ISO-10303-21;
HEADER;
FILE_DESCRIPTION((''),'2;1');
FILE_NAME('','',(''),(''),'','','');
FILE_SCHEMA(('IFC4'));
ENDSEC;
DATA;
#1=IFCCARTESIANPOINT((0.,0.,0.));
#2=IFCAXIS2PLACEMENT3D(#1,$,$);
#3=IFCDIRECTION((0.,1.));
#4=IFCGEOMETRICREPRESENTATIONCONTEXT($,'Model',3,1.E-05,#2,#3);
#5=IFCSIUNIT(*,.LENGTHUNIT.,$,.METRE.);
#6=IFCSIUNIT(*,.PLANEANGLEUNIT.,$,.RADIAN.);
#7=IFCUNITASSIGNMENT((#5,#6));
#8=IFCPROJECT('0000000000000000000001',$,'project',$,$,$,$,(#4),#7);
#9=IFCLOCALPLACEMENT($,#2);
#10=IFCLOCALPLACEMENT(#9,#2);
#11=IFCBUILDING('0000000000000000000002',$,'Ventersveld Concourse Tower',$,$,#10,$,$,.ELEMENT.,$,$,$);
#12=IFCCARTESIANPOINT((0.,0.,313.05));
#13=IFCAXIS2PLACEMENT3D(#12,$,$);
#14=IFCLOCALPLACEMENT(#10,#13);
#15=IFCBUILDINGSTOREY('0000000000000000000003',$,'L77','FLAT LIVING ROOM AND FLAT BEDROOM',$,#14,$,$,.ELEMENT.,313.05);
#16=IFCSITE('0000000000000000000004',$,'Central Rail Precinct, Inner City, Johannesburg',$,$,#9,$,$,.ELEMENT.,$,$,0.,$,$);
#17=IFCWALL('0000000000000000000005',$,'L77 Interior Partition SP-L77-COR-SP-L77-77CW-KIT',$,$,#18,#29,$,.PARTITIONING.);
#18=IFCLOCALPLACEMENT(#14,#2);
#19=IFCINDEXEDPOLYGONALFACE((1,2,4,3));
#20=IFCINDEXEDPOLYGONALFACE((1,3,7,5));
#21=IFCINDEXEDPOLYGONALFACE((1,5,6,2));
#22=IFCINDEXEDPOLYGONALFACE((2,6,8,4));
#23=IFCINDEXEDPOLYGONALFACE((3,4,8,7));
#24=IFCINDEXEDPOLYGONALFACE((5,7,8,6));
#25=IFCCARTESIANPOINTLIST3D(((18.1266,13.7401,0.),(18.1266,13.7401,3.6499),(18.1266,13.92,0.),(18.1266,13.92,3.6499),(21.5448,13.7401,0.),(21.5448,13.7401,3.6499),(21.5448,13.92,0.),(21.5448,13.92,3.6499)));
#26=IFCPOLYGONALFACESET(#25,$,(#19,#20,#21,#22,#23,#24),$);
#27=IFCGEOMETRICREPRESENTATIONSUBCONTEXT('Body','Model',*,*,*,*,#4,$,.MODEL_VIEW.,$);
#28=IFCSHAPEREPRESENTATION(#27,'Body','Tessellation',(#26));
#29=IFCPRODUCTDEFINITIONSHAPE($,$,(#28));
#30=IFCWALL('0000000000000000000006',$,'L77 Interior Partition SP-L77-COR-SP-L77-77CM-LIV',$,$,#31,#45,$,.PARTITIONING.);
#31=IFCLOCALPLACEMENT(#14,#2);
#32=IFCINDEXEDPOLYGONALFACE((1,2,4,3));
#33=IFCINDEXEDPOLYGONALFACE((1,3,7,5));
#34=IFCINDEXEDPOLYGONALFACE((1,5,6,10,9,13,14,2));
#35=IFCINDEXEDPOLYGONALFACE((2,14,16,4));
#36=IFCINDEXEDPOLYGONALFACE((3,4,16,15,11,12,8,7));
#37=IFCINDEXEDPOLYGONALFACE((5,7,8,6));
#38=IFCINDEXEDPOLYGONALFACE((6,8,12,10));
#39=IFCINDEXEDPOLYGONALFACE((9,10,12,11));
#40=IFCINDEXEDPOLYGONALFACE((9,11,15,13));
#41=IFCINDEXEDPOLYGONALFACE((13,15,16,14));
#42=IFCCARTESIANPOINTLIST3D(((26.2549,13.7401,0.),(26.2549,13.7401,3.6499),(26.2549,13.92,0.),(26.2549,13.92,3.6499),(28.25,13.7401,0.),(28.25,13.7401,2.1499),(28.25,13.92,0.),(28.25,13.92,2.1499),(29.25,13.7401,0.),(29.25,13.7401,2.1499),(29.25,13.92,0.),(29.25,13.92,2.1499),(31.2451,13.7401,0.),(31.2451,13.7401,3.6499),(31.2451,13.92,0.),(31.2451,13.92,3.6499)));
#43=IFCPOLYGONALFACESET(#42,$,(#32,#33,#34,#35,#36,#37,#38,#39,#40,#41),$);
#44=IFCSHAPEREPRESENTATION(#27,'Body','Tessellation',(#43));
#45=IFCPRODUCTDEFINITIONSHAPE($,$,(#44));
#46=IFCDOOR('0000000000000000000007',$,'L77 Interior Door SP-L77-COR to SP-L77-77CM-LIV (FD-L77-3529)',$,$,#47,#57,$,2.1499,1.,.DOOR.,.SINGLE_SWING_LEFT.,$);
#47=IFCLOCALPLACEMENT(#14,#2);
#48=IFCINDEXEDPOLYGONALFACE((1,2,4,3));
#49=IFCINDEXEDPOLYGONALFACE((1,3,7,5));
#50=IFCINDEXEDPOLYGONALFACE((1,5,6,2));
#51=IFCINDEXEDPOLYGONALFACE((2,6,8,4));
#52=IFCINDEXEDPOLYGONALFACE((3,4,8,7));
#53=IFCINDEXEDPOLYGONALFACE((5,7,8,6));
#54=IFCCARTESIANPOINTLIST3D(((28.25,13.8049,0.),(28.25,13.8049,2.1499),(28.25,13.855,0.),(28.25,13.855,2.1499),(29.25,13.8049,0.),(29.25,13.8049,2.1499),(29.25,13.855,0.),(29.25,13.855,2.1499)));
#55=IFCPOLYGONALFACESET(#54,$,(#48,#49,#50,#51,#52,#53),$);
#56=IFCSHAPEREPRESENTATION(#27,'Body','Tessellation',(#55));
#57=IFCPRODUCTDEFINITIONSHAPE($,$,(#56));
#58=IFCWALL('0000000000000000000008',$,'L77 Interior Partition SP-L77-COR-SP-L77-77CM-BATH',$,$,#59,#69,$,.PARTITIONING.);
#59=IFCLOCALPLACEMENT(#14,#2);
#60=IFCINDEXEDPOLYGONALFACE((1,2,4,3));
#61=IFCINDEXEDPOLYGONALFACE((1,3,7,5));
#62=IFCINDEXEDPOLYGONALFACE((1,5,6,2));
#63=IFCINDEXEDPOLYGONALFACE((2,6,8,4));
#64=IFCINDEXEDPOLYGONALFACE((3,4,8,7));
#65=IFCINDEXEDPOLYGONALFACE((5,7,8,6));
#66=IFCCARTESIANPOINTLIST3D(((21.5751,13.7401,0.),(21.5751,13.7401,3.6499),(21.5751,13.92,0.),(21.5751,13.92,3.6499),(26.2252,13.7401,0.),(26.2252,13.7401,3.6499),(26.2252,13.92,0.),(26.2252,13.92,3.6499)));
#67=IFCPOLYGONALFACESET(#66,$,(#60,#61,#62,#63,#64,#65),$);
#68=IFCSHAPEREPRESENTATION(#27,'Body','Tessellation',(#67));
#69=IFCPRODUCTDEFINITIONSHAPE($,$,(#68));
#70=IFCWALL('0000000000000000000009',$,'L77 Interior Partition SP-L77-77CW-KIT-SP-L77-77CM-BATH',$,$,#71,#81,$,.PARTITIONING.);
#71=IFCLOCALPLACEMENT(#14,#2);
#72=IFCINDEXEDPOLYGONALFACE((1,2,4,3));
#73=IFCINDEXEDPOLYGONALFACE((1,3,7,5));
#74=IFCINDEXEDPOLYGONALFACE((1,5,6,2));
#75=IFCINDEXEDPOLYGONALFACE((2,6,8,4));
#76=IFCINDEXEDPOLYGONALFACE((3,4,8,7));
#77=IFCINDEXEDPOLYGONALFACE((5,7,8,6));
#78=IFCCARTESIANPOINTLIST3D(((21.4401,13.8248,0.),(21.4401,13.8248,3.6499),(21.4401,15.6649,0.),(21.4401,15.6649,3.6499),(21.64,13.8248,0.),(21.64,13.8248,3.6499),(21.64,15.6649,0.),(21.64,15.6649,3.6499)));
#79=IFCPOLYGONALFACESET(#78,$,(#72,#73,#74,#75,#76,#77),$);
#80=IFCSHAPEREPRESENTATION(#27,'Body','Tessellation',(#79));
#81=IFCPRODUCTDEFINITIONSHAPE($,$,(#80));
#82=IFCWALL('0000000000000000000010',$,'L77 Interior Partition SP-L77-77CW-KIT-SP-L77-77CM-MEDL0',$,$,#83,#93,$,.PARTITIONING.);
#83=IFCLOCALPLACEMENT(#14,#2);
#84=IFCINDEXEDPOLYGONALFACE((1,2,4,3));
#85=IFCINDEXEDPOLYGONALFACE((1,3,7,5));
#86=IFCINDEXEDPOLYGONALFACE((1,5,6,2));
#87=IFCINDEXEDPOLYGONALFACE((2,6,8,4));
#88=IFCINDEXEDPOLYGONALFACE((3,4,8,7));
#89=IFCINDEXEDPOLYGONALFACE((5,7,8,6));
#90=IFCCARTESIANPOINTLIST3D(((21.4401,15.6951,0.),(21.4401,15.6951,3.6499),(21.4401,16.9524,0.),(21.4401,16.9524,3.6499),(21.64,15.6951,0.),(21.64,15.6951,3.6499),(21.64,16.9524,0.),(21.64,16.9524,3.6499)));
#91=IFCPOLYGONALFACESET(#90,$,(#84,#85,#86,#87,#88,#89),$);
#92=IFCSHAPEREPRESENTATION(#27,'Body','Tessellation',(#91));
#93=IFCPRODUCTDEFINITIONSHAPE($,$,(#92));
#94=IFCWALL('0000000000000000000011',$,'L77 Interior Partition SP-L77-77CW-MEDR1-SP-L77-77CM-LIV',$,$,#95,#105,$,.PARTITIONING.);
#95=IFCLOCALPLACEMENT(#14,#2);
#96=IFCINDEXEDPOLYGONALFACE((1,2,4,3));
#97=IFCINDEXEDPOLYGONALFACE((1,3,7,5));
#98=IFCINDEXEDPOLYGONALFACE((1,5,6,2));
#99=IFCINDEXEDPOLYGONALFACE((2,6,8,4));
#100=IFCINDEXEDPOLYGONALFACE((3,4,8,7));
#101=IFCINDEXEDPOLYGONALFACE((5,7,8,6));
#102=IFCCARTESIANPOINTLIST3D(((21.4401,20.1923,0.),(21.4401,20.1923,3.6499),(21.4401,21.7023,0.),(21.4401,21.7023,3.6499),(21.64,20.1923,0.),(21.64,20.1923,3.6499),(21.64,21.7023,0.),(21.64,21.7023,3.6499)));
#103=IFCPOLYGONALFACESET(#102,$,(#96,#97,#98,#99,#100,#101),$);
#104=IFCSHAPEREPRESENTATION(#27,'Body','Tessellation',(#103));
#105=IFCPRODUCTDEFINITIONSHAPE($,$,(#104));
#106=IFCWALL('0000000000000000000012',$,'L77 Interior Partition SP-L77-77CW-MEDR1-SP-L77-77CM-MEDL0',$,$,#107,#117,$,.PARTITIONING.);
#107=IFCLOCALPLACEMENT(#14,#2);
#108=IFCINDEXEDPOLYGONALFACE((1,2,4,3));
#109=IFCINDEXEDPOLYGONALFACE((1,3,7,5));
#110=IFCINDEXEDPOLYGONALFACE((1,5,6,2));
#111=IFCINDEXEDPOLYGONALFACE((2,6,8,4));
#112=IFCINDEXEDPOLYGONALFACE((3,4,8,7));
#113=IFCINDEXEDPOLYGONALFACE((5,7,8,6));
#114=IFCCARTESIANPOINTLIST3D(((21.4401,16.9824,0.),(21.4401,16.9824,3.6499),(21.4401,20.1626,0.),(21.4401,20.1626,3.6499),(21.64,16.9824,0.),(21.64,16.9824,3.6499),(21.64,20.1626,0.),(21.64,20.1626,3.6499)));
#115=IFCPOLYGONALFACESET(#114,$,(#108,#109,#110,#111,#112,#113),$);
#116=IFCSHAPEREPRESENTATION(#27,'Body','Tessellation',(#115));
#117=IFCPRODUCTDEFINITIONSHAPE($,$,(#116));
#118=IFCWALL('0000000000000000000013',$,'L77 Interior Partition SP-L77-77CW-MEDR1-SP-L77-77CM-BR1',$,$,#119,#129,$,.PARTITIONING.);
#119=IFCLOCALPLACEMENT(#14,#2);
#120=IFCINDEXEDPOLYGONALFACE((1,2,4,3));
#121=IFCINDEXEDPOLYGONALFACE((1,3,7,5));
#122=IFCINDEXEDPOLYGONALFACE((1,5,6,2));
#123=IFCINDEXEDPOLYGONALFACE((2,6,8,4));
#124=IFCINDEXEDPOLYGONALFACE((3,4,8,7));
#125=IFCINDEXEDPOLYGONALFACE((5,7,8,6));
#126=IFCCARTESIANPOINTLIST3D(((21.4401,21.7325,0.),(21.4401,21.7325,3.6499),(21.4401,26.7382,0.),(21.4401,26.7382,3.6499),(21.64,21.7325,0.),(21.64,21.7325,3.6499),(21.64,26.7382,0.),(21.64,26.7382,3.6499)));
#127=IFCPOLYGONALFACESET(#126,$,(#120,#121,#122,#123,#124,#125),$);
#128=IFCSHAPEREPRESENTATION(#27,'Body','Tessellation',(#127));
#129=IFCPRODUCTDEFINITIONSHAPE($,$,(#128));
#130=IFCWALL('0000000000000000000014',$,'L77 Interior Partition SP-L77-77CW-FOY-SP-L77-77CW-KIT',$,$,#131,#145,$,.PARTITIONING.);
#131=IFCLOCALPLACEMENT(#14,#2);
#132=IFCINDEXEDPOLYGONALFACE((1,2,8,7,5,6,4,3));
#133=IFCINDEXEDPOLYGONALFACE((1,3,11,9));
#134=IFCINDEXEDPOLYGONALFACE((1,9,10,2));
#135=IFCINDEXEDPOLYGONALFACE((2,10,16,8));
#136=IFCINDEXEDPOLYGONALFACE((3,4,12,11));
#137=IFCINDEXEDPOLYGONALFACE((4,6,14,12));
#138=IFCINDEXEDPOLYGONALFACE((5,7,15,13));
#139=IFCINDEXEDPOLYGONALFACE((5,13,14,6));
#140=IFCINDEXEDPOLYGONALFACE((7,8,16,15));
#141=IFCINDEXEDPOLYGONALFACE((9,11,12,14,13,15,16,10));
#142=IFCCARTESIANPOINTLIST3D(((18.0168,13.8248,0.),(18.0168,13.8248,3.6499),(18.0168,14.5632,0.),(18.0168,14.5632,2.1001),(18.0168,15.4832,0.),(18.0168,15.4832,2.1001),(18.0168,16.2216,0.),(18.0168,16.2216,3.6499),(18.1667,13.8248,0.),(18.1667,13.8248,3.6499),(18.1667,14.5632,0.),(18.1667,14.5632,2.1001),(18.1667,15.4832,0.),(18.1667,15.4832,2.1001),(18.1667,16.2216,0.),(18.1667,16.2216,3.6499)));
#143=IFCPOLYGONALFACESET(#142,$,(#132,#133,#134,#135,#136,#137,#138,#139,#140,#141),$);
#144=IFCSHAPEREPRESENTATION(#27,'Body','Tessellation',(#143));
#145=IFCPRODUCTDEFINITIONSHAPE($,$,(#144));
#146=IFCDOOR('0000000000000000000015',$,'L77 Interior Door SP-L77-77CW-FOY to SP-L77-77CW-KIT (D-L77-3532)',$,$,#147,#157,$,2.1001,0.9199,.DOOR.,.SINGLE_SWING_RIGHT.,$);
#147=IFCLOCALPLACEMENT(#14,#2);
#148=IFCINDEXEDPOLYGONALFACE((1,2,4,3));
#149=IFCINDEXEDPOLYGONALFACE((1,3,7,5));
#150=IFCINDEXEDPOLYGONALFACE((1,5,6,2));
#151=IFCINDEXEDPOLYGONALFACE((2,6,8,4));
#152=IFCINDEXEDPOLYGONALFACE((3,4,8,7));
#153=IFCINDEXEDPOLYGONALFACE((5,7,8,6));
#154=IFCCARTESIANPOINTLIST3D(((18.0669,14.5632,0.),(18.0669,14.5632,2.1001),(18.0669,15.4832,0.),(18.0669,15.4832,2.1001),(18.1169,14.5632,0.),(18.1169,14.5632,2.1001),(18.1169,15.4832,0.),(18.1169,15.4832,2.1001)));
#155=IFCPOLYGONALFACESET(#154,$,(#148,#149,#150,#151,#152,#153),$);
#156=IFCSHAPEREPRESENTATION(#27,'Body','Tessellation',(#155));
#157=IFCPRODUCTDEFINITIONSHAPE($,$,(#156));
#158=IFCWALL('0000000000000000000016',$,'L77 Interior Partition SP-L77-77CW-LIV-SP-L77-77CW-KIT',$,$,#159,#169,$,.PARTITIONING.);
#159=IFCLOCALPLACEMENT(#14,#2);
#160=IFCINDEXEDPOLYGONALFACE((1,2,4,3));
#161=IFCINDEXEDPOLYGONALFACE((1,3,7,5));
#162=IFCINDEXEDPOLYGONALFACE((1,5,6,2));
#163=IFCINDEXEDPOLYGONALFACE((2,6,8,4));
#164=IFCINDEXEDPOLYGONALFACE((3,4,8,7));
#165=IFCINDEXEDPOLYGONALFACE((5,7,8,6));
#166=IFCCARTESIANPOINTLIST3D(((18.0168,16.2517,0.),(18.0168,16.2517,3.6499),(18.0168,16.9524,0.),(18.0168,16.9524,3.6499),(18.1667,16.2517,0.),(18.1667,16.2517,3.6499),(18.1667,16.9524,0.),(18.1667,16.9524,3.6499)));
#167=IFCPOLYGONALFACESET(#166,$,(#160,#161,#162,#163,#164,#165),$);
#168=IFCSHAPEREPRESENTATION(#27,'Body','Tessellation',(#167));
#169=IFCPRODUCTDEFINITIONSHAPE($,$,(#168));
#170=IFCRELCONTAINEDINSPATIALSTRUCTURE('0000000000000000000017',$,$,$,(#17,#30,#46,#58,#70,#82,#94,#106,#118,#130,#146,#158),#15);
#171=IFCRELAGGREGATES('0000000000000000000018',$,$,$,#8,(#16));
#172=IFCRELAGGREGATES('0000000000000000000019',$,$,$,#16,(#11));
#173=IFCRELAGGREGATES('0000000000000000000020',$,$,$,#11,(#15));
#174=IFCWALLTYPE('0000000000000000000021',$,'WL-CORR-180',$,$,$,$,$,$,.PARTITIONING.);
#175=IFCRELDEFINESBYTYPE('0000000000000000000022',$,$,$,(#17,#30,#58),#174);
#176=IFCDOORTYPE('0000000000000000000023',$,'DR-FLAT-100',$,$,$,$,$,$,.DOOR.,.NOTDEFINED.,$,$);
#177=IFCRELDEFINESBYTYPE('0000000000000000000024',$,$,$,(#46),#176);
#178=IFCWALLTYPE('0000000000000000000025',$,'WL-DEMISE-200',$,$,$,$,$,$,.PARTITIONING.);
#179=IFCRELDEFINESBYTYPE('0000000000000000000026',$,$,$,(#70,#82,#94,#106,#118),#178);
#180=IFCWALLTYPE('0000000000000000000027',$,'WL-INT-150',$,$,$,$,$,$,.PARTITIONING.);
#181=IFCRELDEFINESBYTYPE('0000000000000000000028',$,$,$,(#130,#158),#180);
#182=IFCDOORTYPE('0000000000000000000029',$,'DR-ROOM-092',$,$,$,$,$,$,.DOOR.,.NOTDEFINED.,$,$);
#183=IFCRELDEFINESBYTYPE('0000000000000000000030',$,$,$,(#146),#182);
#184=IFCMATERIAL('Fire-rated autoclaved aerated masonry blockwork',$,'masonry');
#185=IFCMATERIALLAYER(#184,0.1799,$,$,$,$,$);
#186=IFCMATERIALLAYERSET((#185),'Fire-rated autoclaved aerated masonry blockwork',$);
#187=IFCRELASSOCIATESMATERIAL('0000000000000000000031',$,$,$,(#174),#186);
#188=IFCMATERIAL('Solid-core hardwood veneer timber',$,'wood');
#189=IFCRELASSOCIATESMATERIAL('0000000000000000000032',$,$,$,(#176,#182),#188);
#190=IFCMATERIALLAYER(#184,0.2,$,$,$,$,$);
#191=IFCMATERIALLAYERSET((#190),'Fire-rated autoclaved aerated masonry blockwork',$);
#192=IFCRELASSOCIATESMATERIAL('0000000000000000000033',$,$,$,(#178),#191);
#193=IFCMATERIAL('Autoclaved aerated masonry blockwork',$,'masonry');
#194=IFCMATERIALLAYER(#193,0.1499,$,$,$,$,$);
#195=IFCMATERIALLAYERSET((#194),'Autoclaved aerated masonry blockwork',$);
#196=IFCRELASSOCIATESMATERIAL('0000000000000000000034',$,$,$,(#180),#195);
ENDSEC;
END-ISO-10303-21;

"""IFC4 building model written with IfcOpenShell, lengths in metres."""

from ifc_helpers import new_model, si_unit, direction, frame, frame_2d, origin, place, context, subcontext, project, spatial, rectangle, extrude, material, layer, layer_set, type_object, element, fill, save


model = new_model("IFC4")

# Units and contexts
model_context = context("Model", 3, precision=1e-05, world=origin(), true_north=direction((0.0, 1.0)))
body_context = subcontext(model_context, "Body", "Model", "MODEL_VIEW")
ifc_project = project(units=[si_unit("LENGTHUNIT", "METRE"), si_unit("PLANEANGLEUNIT", "RADIAN")], contexts=[model_context])

# Site, building, storey
site_placement = place(None, origin())
site = spatial("IfcSite", under=ifc_project, at=site_placement, Name="Central Rail Precinct, Inner City, Johannesburg", CompositionType="ELEMENT", RefElevation=0.0)
building_placement = place(site_placement, origin())
building = spatial("IfcBuilding", under=site, at=building_placement, Name="Ventersveld Concourse Tower", CompositionType="ELEMENT")
storey_placement = place(building_placement, frame((0.0, 0.0, 313.05)))
storey = spatial("IfcBuildingStorey", under=building, at=storey_placement, Name="L77", Description="FLAT LIVING ROOM AND FLAT BEDROOM", CompositionType="ELEMENT", Elevation=313.05)

# Wall
ifc_material_1 = material(Name="Fire-rated autoclaved aerated masonry blockwork", Category="masonry")
ifc_layer_1 = layer(ifc_material_1, 0.1799)
ifc_layer_set_1 = layer_set([ifc_layer_1], Name="Fire-rated autoclaved aerated masonry blockwork")
wall_type_1 = type_object("IfcWallType", Name="WL-CORR-180", PredefinedType="PARTITIONING", material=ifc_layer_set_1)
wall_1_placement = place(storey_placement, frame((18.1267, 13.8301, 0.0), z_axis=(0.0, 0.0, 1.0), x_axis=(1.0, 0.0, 0.0)))
element("IfcWall", 1, at=wall_1_placement, inside=storey, type_object=wall_type_1, Name="L77 Interior Partition SP-L77-COR-SP-L77-77CW-KIT", PredefinedType="PARTITIONING", context=body_context, shape_type="SweptSolid", body=[
    extrude(rectangle(XDim=3.4182, YDim=0.1799, at=frame_2d((1.709, 0.0))), origin(), (0.0, 0.0, 1.0), 3.6499),
])

# Wall, opening, door
wall_2_placement = place(storey_placement, frame((26.2549, 13.8301, 0.0), z_axis=(0.0, 0.0, 1.0), x_axis=(1.0, 0.0, 0.0)))
wall_2 = element("IfcWall", 2, at=wall_2_placement, inside=storey, type_object=wall_type_1, Name="L77 Interior Partition SP-L77-COR-SP-L77-77CM-LIV", PredefinedType="PARTITIONING", context=body_context, shape_type="SweptSolid", body=[
    extrude(rectangle(XDim=4.9902, YDim=0.1799, at=frame_2d((2.4951, 0.0))), origin(), (0.0, 0.0, 1.0), 3.6499),
])
opening_1_placement = place(wall_2_placement, frame((1.9951, 0.0, 0.0)))
opening_1 = element("IfcOpeningElement", 3, at=opening_1_placement, cuts=wall_2, PredefinedType="OPENING", context=body_context, shape_type="SweptSolid", body=[
    extrude(rectangle(XDim=1.0, YDim=2.1499, at=frame_2d((0.5, 1.075))), frame((0.0, 0.1001, 0.0), z_axis=(0.0, -1.0, 0.0), x_axis=(1.0, 0.0, 0.0)), (0.0, 0.0, 1.0), 0.2),
])
ifc_material_2 = material(Name="Solid-core hardwood veneer timber", Category="wood")
door_type_1 = type_object("IfcDoorType", Name="DR-FLAT-100", OperationType="NOTDEFINED", PredefinedType="DOOR", material=ifc_material_2)
door_1_placement = place(opening_1_placement, origin())
door_1 = element("IfcDoor", 4, at=door_1_placement, inside=storey, type_object=door_type_1, Name="L77 Interior Door SP-L77-COR to SP-L77-77CM-LIV (FD-L77-3529)", OperationType="SINGLE_SWING_LEFT", OverallHeight=2.1499, OverallWidth=1.0, PredefinedType="DOOR", context=body_context, shape_type="SweptSolid", body=[
    extrude(rectangle(XDim=1.0, YDim=2.1499, at=frame_2d((0.5, 1.075))), frame((0.0, 0.0249, 0.0), z_axis=(0.0, -1.0, 0.0), x_axis=(1.0, 0.0, 0.0)), (0.0, 0.0, 1.0), 0.05),
])
fill(opening_1, door_1)

# Walls
wall_3_placement = place(storey_placement, frame((21.575, 13.8301, 0.0), z_axis=(0.0, 0.0, 1.0), x_axis=(1.0, 0.0, 0.0)))
element("IfcWall", 5, at=wall_3_placement, inside=storey, type_object=wall_type_1, Name="L77 Interior Partition SP-L77-COR-SP-L77-77CM-BATH", PredefinedType="PARTITIONING", context=body_context, shape_type="SweptSolid", body=[
    extrude(rectangle(XDim=4.6501, YDim=0.1799, at=frame_2d((2.3252, 0.0))), origin(), (0.0, 0.0, 1.0), 3.6499),
])
ifc_layer_2 = layer(ifc_material_1, 0.2)
ifc_layer_set_2 = layer_set([ifc_layer_2], Name="Fire-rated autoclaved aerated masonry blockwork")
wall_type_2 = type_object("IfcWallType", Name="WL-DEMISE-200", PredefinedType="PARTITIONING", material=ifc_layer_set_2)
wall_4_placement = place(storey_placement, frame((21.54, 13.825, 0.0), z_axis=(0.0, 0.0, 1.0), x_axis=(0.0, 1.0, 0.0)))
element("IfcWall", 6, at=wall_4_placement, inside=storey, type_object=wall_type_2, Name="L77 Interior Partition SP-L77-77CW-KIT-SP-L77-77CM-BATH", PredefinedType="PARTITIONING", context=body_context, shape_type="SweptSolid", body=[
    extrude(rectangle(XDim=1.8401, YDim=0.2, at=frame_2d((0.9199, 0.0))), origin(), (0.0, 0.0, 1.0), 3.6499),
])
wall_5_placement = place(storey_placement, frame((21.54, 15.6951, 0.0), z_axis=(0.0, 0.0, 1.0), x_axis=(0.0, 1.0, 0.0)))
element("IfcWall", 7, at=wall_5_placement, inside=storey, type_object=wall_type_2, Name="L77 Interior Partition SP-L77-77CW-KIT-SP-L77-77CM-MEDL0", PredefinedType="PARTITIONING", context=body_context, shape_type="SweptSolid", body=[
    extrude(rectangle(XDim=1.2573, YDim=0.2, at=frame_2d((0.6287, 0.0))), origin(), (0.0, 0.0, 1.0), 3.6499),
])
wall_6_placement = place(storey_placement, frame((21.54, 20.1924, 0.0), z_axis=(0.0, 0.0, 1.0), x_axis=(0.0, 1.0, 0.0)))
element("IfcWall", 8, at=wall_6_placement, inside=storey, type_object=wall_type_2, Name="L77 Interior Partition SP-L77-77CW-MEDR1-SP-L77-77CM-LIV", PredefinedType="PARTITIONING", context=body_context, shape_type="SweptSolid", body=[
    extrude(rectangle(XDim=1.51, YDim=0.2, at=frame_2d((0.7549, 0.0))), origin(), (0.0, 0.0, 1.0), 3.6499),
])
wall_7_placement = place(storey_placement, frame((21.54, 16.9824, 0.0), z_axis=(0.0, 0.0, 1.0), x_axis=(0.0, 1.0, 0.0)))
element("IfcWall", 9, at=wall_7_placement, inside=storey, type_object=wall_type_2, Name="L77 Interior Partition SP-L77-77CW-MEDR1-SP-L77-77CM-MEDL0", PredefinedType="PARTITIONING", context=body_context, shape_type="SweptSolid", body=[
    extrude(rectangle(XDim=3.1802, YDim=0.2, at=frame_2d((1.5901, 0.0))), origin(), (0.0, 0.0, 1.0), 3.6499),
])
wall_8_placement = place(storey_placement, frame((21.54, 21.7324, 0.0), z_axis=(0.0, 0.0, 1.0), x_axis=(0.0, 1.0, 0.0)))
element("IfcWall", 10, at=wall_8_placement, inside=storey, type_object=wall_type_2, Name="L77 Interior Partition SP-L77-77CW-MEDR1-SP-L77-77CM-BR1", PredefinedType="PARTITIONING", context=body_context, shape_type="SweptSolid", body=[
    extrude(rectangle(XDim=5.0056, YDim=0.2, at=frame_2d((2.5029, 0.0))), origin(), (0.0, 0.0, 1.0), 3.6499),
])

# Wall, opening, door
ifc_material_3 = material(Name="Autoclaved aerated masonry blockwork", Category="masonry")
ifc_layer_3 = layer(ifc_material_3, 0.1499)
ifc_layer_set_3 = layer_set([ifc_layer_3], Name="Autoclaved aerated masonry blockwork")
wall_type_3 = type_object("IfcWallType", Name="WL-INT-150", PredefinedType="PARTITIONING", material=ifc_layer_set_3)
wall_9_placement = place(storey_placement, frame((18.0918, 13.825, 0.0), z_axis=(0.0, 0.0, 1.0), x_axis=(0.0, 1.0, 0.0)))
wall_9 = element("IfcWall", 11, at=wall_9_placement, inside=storey, type_object=wall_type_3, Name="L77 Interior Partition SP-L77-77CW-FOY-SP-L77-77CW-KIT", PredefinedType="PARTITIONING", context=body_context, shape_type="SweptSolid", body=[
    extrude(rectangle(XDim=2.3967, YDim=0.1499, at=frame_2d((1.1982, 0.0))), origin(), (0.0, 0.0, 1.0), 3.6499),
])
opening_2_placement = place(wall_9_placement, frame((0.7383, 0.0, 0.0)))
opening_2 = element("IfcOpeningElement", 12, at=opening_2_placement, cuts=wall_9, PredefinedType="OPENING", context=body_context, shape_type="SweptSolid", body=[
    extrude(rectangle(XDim=0.9199, YDim=2.1001, at=frame_2d((0.46, 1.05))), frame((0.0, 0.085, 0.0), z_axis=(0.0, -1.0, 0.0), x_axis=(1.0, 0.0, 0.0)), (0.0, 0.0, 1.0), 0.1699),
])
door_type_2 = type_object("IfcDoorType", Name="DR-ROOM-092", OperationType="NOTDEFINED", PredefinedType="DOOR", material=ifc_material_2)
door_2_placement = place(opening_2_placement, origin())
door_2 = element("IfcDoor", 13, at=door_2_placement, inside=storey, type_object=door_type_2, Name="L77 Interior Door SP-L77-77CW-FOY to SP-L77-77CW-KIT (D-L77-3532)", OperationType="SINGLE_SWING_RIGHT", OverallHeight=2.1001, OverallWidth=0.9199, PredefinedType="DOOR", context=body_context, shape_type="SweptSolid", body=[
    extrude(rectangle(XDim=0.9199, YDim=2.1001, at=frame_2d((0.46, 1.05))), frame((0.0, 0.0249, 0.0), z_axis=(0.0, -1.0, 0.0), x_axis=(1.0, 0.0, 0.0)), (0.0, 0.0, 1.0), 0.05),
])
fill(opening_2, door_2)

# Wall
wall_10_placement = place(storey_placement, frame((18.0918, 16.2517, 0.0), z_axis=(0.0, 0.0, 1.0), x_axis=(0.0, 1.0, 0.0)))
element("IfcWall", 14, at=wall_10_placement, inside=storey, type_object=wall_type_3, Name="L77 Interior Partition SP-L77-77CW-LIV-SP-L77-77CW-KIT", PredefinedType="PARTITIONING", context=body_context, shape_type="SweptSolid", body=[
    extrude(rectangle(XDim=0.7007, YDim=0.1499, at=frame_2d((0.3503, 0.0))), origin(), (0.0, 0.0, 1.0), 3.6499),
])

save(model, "model.ifc")
